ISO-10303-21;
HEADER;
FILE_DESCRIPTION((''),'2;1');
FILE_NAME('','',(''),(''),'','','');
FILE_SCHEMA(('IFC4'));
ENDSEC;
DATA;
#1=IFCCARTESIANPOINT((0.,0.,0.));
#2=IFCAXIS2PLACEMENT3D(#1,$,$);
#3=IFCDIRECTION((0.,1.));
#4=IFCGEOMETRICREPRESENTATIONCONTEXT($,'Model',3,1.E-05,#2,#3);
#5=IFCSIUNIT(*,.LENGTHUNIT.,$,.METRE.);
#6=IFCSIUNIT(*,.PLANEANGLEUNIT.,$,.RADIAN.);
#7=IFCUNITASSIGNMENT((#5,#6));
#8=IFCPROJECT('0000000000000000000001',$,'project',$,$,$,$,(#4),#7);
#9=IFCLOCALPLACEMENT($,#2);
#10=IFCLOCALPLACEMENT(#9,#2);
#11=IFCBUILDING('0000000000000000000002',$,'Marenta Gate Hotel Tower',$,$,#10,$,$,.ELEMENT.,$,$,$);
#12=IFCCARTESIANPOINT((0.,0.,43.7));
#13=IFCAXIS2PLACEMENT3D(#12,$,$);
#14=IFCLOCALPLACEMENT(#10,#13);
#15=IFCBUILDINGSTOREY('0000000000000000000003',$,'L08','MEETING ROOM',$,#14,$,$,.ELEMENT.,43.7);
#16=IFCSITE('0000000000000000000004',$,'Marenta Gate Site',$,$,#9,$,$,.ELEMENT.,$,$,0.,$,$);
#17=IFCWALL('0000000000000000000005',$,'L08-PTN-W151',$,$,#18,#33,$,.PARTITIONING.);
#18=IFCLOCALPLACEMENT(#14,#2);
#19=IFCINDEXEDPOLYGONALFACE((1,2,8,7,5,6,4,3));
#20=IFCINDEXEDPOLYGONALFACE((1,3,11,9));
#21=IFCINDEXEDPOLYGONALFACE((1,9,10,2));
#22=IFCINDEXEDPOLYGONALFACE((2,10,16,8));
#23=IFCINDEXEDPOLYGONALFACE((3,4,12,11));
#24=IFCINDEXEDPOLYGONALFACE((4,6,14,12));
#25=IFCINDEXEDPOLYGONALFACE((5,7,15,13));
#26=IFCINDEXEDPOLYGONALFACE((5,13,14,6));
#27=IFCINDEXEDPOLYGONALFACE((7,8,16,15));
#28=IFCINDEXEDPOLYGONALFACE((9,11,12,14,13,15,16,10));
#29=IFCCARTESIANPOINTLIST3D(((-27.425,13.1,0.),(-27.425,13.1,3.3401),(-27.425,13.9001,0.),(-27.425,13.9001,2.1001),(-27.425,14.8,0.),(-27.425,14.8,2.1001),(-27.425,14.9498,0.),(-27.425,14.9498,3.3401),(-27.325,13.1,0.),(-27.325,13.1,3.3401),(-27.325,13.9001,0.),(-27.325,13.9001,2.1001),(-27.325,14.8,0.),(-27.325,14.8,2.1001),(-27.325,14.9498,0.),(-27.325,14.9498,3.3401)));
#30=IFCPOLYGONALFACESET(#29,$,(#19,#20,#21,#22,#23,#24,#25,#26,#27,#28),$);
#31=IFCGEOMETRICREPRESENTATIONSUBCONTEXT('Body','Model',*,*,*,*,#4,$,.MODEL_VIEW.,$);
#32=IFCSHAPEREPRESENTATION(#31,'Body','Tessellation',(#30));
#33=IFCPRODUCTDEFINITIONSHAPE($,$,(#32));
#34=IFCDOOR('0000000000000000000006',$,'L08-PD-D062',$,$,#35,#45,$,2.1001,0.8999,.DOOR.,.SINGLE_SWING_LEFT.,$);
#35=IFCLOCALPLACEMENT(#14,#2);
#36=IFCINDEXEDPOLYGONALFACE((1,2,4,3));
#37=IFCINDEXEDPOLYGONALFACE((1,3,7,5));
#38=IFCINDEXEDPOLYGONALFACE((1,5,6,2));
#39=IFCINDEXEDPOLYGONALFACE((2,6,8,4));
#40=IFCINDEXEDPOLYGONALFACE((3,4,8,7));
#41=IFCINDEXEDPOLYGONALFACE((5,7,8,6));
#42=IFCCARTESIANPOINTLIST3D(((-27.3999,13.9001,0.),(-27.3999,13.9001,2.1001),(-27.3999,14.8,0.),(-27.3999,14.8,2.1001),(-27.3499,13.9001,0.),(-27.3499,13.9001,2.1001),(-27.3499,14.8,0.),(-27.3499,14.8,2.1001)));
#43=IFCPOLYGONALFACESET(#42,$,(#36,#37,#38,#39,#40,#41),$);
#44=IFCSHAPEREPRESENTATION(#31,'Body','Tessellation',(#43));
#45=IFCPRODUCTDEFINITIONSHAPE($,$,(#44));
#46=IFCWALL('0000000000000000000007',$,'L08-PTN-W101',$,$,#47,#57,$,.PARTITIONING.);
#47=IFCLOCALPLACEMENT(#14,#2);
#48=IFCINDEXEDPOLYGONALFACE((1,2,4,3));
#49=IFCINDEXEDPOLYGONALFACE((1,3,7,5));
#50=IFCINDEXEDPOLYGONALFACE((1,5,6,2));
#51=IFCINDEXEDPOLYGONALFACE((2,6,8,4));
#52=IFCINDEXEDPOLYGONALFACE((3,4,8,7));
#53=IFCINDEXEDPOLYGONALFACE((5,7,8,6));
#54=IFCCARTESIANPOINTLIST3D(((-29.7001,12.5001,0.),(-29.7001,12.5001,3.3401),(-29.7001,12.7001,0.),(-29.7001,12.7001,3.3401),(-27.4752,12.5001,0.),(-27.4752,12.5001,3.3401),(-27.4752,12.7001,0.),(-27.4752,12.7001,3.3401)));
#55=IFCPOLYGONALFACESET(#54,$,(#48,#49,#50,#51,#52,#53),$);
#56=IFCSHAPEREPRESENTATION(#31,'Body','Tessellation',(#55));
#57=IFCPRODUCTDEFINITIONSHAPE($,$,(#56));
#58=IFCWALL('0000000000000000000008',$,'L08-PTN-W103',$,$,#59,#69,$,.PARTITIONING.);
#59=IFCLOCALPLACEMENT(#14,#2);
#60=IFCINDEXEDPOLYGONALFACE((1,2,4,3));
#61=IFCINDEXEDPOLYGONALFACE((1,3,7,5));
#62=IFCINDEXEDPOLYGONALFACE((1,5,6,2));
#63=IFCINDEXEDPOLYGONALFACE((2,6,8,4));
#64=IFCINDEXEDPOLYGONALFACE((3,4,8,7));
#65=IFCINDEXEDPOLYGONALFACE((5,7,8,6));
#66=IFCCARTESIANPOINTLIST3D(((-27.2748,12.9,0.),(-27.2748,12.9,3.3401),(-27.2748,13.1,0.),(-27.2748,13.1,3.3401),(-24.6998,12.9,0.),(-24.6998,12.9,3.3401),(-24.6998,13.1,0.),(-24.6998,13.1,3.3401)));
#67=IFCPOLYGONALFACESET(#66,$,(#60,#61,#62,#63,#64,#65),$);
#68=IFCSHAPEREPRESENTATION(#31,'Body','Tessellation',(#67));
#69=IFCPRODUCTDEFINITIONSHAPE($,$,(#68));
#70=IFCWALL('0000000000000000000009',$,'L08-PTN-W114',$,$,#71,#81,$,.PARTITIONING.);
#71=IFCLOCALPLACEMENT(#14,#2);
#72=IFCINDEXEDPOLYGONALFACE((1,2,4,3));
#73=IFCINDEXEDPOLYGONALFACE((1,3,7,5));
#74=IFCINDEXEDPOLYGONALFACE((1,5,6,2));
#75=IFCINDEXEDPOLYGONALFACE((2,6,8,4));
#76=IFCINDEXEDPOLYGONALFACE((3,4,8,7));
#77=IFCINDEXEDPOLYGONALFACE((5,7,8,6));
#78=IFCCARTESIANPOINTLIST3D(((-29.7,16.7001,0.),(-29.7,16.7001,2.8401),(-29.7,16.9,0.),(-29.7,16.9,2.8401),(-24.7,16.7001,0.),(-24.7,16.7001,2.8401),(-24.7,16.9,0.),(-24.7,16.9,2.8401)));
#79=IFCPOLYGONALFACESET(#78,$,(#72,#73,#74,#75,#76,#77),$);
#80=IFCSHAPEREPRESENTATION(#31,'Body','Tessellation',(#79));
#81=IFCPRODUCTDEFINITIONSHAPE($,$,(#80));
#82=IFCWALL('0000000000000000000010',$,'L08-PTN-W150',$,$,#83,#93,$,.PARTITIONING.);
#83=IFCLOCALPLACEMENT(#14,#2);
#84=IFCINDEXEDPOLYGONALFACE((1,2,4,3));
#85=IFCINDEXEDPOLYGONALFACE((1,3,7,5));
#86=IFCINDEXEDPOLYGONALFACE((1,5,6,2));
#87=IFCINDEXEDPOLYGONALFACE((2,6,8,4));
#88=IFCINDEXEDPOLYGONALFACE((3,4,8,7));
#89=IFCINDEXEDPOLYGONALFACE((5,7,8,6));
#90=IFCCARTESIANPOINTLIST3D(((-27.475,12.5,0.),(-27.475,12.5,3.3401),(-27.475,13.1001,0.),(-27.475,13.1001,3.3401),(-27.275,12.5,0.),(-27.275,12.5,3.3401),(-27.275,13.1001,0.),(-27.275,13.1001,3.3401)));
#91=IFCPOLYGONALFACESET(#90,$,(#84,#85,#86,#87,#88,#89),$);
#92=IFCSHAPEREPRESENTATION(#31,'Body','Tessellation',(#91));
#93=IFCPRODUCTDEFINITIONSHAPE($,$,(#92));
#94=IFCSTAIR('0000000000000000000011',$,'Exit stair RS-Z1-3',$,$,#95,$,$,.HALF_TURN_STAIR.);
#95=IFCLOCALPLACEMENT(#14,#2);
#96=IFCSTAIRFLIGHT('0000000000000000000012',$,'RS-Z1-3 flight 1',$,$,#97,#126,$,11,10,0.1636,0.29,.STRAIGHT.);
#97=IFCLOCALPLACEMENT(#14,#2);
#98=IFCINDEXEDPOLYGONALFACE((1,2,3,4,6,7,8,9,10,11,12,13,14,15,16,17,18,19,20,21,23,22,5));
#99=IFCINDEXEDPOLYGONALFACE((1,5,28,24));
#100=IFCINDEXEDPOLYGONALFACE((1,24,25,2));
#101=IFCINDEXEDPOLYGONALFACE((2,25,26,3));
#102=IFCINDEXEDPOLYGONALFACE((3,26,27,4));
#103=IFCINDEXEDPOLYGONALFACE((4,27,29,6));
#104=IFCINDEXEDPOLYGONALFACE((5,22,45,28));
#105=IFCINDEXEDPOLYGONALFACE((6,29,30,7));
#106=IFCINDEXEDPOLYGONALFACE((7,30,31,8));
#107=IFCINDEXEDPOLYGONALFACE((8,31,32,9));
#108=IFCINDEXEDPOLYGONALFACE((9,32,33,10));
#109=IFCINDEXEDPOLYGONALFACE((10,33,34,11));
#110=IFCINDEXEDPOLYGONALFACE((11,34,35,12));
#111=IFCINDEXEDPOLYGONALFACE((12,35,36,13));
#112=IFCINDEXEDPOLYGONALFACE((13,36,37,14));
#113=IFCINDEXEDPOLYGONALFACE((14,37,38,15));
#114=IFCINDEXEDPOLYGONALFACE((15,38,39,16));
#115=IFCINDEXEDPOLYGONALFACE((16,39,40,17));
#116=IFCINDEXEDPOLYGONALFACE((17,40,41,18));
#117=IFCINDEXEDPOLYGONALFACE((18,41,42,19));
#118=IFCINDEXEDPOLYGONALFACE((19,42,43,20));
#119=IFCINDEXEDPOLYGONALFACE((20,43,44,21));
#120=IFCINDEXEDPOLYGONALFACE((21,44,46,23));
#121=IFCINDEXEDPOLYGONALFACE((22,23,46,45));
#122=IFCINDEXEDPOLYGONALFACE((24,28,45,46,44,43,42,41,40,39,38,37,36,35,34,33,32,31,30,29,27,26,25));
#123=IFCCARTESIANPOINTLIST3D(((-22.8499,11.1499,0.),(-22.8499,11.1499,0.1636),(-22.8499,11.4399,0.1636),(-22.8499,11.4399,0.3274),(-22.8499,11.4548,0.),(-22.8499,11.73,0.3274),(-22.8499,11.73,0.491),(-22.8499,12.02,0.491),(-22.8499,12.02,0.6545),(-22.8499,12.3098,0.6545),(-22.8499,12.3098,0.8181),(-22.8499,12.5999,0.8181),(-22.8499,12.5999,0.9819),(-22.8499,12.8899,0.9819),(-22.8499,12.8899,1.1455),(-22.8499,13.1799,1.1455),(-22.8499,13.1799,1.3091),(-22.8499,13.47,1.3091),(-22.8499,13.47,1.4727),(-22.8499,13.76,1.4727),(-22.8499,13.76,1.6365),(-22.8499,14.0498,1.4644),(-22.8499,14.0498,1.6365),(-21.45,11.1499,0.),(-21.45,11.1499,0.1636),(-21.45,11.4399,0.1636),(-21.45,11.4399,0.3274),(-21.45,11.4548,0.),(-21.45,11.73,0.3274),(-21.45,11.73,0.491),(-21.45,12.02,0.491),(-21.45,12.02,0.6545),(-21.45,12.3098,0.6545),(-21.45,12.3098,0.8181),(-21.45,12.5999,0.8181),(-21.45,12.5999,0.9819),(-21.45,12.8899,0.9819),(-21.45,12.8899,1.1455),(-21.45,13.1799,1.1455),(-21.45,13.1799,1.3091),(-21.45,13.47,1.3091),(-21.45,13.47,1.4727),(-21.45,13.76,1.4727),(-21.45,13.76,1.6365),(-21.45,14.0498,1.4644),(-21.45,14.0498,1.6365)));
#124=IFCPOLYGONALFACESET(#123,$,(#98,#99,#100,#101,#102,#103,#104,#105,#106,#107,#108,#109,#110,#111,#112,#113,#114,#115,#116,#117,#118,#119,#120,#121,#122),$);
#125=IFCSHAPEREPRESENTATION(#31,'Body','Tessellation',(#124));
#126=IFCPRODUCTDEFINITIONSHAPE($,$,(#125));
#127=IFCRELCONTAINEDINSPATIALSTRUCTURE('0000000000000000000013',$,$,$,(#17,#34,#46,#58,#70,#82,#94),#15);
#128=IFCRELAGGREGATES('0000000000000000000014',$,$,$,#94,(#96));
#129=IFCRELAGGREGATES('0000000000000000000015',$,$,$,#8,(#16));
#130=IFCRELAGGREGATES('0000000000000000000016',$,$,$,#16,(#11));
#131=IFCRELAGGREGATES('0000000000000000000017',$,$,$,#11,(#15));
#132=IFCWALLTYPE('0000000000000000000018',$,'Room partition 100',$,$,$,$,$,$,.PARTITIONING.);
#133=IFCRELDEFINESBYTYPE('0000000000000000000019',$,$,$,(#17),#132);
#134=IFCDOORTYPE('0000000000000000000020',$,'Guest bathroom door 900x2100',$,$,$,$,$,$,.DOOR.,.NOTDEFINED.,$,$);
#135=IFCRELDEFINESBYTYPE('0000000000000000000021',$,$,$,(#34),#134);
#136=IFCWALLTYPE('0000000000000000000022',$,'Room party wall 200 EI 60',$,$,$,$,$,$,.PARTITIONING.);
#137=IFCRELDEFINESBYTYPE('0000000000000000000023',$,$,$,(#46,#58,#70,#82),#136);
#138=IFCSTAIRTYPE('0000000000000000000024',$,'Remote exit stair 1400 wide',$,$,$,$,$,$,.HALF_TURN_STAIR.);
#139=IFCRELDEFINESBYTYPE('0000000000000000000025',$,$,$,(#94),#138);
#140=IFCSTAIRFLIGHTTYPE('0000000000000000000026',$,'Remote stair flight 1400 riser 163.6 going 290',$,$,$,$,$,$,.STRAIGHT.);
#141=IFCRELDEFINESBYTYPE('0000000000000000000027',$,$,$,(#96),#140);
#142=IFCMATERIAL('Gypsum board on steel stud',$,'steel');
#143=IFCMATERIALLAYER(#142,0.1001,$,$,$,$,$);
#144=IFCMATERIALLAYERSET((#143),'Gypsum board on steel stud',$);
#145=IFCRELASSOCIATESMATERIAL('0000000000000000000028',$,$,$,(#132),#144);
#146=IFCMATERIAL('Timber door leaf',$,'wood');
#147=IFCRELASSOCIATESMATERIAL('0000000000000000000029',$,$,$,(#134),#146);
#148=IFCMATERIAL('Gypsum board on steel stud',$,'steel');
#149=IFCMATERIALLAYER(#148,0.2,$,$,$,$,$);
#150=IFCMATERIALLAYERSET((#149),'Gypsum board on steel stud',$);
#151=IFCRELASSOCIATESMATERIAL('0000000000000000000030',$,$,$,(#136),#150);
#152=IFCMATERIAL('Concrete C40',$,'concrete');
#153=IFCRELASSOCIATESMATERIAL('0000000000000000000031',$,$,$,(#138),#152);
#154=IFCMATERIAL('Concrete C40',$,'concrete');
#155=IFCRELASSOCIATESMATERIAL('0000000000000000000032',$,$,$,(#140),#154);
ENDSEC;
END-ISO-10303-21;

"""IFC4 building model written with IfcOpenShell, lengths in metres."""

from ifc_helpers import new_model, si_unit, direction, frame, frame_2d, origin, place, context, subcontext, project, spatial, polyline, rectangle, outline, extrude, material, layer, layer_set, type_object, element, fill, aggregate, save


model = new_model("IFC4")

# Units and contexts
model_context = context("Model", 3, precision=1e-05, world=origin(), true_north=direction((0.0, 1.0)))
body_context = subcontext(model_context, "Body", "Model", "MODEL_VIEW")
ifc_project = project(units=[si_unit("LENGTHUNIT", "METRE"), si_unit("PLANEANGLEUNIT", "RADIAN")], contexts=[model_context])

# Site, building, storey
site_placement = place(None, origin())
site = spatial("IfcSite", under=ifc_project, at=site_placement, Name="Marenta Gate Site", CompositionType="ELEMENT", RefElevation=0.0)
building_placement = place(site_placement, origin())
building = spatial("IfcBuilding", under=site, at=building_placement, Name="Marenta Gate Hotel Tower", CompositionType="ELEMENT")
storey_placement = place(building_placement, frame((0.0, 0.0, 43.7)))
storey = spatial("IfcBuildingStorey", under=building, at=storey_placement, Name="L08", Description="MEETING ROOM", CompositionType="ELEMENT", Elevation=43.7)

# Shared definitions
ifc_material_1 = material(Name="Gypsum board on steel stud", Category="steel")
ifc_layer_1 = layer(ifc_material_1, 0.1001)
ifc_layer_set_1 = layer_set([ifc_layer_1], Name="Gypsum board on steel stud")
wall_type_1 = type_object("IfcWallType", Name="Room partition 100", PredefinedType="PARTITIONING", material=ifc_layer_set_1)

# Wall, opening, door
wall_1_placement = place(storey_placement, frame((-27.375, 13.1001, 0.0), z_axis=(0.0, 0.0, 1.0), x_axis=(0.0, 1.0, 0.0)))
wall_1 = element("IfcWall", 1, at=wall_1_placement, inside=storey, type_object=wall_type_1, Name="L08-PTN-W151", PredefinedType="PARTITIONING", context=body_context, shape_type="SweptSolid", body=[
    extrude(rectangle(XDim=1.8499, YDim=0.1001, at=frame_2d((0.9248, 0.0))), origin(), (0.0, 0.0, 1.0), 3.3401),
])
opening_placement = place(wall_1_placement, frame((0.8, 0.0, 0.0)))
opening = element("IfcOpeningElement", 2, at=opening_placement, cuts=wall_1, PredefinedType="OPENING", context=body_context, shape_type="SweptSolid", body=[
    extrude(rectangle(XDim=0.8999, YDim=2.1001, at=frame_2d((0.45, 1.05))), frame((0.0, 0.05, 0.0), z_axis=(0.0, -1.0, 0.0), x_axis=(1.0, 0.0, 0.0)), (0.0, 0.0, 1.0), 0.1001),
])
ifc_material_2 = material(Name="Timber door leaf", Category="wood")
door_type = type_object("IfcDoorType", Name="Guest bathroom door 900x2100", OperationType="NOTDEFINED", PredefinedType="DOOR", material=ifc_material_2)
door_placement = place(opening_placement, origin())
door = element("IfcDoor", 3, at=door_placement, inside=storey, type_object=door_type, Name="L08-PD-D062", OperationType="SINGLE_SWING_LEFT", OverallHeight=2.1001, OverallWidth=0.8999, PredefinedType="DOOR", context=body_context, shape_type="SweptSolid", body=[
    extrude(rectangle(XDim=0.8999, YDim=2.1001, at=frame_2d((0.45, 1.05))), frame((0.0, 0.0249, 0.0), z_axis=(0.0, -1.0, 0.0), x_axis=(1.0, 0.0, 0.0)), (0.0, 0.0, 1.0), 0.05),
])
fill(opening, door)

# Walls
ifc_material_3 = material(Name="Gypsum board on steel stud", Category="steel")
ifc_layer_2 = layer(ifc_material_3, 0.2)
ifc_layer_set_2 = layer_set([ifc_layer_2], Name="Gypsum board on steel stud")
wall_type_2 = type_object("IfcWallType", Name="Room party wall 200 EI 60", PredefinedType="PARTITIONING", material=ifc_layer_set_2)
wall_2_placement = place(storey_placement, frame((-29.7, 12.6001, 0.0), z_axis=(0.0, 0.0, 1.0), x_axis=(1.0, 0.0, 0.0)))
element("IfcWall", 4, at=wall_2_placement, inside=storey, type_object=wall_type_2, Name="L08-PTN-W101", PredefinedType="PARTITIONING", context=body_context, shape_type="SweptSolid", body=[
    extrude(rectangle(XDim=2.2249, YDim=0.2, at=frame_2d((1.1123, 0.0))), origin(), (0.0, 0.0, 1.0), 3.3401),
])
wall_3_placement = place(storey_placement, frame((-27.2749, 13.0, 0.0), z_axis=(0.0, 0.0, 1.0), x_axis=(1.0, 0.0, 0.0)))
element("IfcWall", 5, at=wall_3_placement, inside=storey, type_object=wall_type_2, Name="L08-PTN-W103", PredefinedType="PARTITIONING", context=body_context, shape_type="SweptSolid", body=[
    extrude(rectangle(XDim=2.575, YDim=0.2, at=frame_2d((1.2876, 0.0))), origin(), (0.0, 0.0, 1.0), 3.3401),
])
wall_4_placement = place(storey_placement, frame((-29.7, 16.8, 0.0), z_axis=(0.0, 0.0, 1.0), x_axis=(1.0, 0.0, 0.0)))
element("IfcWall", 6, at=wall_4_placement, inside=storey, type_object=wall_type_2, Name="L08-PTN-W114", PredefinedType="PARTITIONING", context=body_context, shape_type="SweptSolid", body=[
    extrude(rectangle(XDim=5.0, YDim=0.2, at=frame_2d((2.5, 0.0))), origin(), (0.0, 0.0, 1.0), 2.8401),
])
wall_5_placement = place(storey_placement, frame((-27.375, 12.5, 0.0), z_axis=(0.0, 0.0, 1.0), x_axis=(0.0, 1.0, 0.0)))
element("IfcWall", 7, at=wall_5_placement, inside=storey, type_object=wall_type_2, Name="L08-PTN-W150", PredefinedType="PARTITIONING", context=body_context, shape_type="SweptSolid", body=[
    extrude(rectangle(XDim=0.6001, YDim=0.2, at=frame_2d((0.3, 0.0))), origin(), (0.0, 0.0, 1.0), 3.3401),
])

# Stair, stair flight
ifc_material_4 = material(Name="Concrete C40", Category="concrete")
stair_type = type_object("IfcStairType", Name="Remote exit stair 1400 wide", PredefinedType="HALF_TURN_STAIR", material=ifc_material_4)
stair_placement = place(storey_placement, origin())
stair = element("IfcStair", 8, at=stair_placement, inside=storey, type_object=stair_type, Name="Exit stair RS-Z1-3", PredefinedType="HALF_TURN_STAIR")
ifc_material_5 = material(Name="Concrete C40", Category="concrete")
stair_flight_type = type_object("IfcStairFlightType", Name="Remote stair flight 1400 riser 163.6 going 290", PredefinedType="STRAIGHT", material=ifc_material_5)
stair_flight_placement = place(storey_placement, frame((-22.1499, 11.1499, 0.0), z_axis=(0.0, 0.0, 1.0), x_axis=(0.0, 1.0, 0.0)))
stair_flight = element("IfcStairFlight", 9, at=stair_flight_placement, type_object=stair_flight_type, Name="RS-Z1-3 flight 1", NumberOfRisers=11, NumberOfTreads=10, PredefinedType="STRAIGHT", RiserHeight=0.1636, TreadLength=0.29, context=body_context, shape_type="SweptSolid", body=[
    extrude(outline(polyline([(0.0, 0.0), (0.0, 0.1636), (0.29, 0.1636), (0.29, 0.3274), (0.5801, 0.3274), (0.5801, 0.491), (0.8701, 0.491), (0.8701, 0.6545), (1.1599, 0.6545), (1.1599, 0.8181), (1.45, 0.8181), (1.45, 0.9819), (1.74, 0.9819), (1.74, 1.1455), (2.03, 1.1455), (2.03, 1.3091), (2.3201, 1.3091), (2.3201, 1.4727), (2.6101, 1.4727), (2.6101, 1.6365), (2.8999, 1.6365), (2.8999, 1.8), (2.8999, 1.4644), (0.3049, 0.0), (0.0, 0.0)])), frame((0.0, 0.7, 0.0), z_axis=(0.0, -1.0, 0.0), x_axis=(1.0, 0.0, 0.0)), (0.0, 0.0, 1.0), 1.3999),
])
aggregate(stair, [stair_flight])

save(model, "model.ifc")
